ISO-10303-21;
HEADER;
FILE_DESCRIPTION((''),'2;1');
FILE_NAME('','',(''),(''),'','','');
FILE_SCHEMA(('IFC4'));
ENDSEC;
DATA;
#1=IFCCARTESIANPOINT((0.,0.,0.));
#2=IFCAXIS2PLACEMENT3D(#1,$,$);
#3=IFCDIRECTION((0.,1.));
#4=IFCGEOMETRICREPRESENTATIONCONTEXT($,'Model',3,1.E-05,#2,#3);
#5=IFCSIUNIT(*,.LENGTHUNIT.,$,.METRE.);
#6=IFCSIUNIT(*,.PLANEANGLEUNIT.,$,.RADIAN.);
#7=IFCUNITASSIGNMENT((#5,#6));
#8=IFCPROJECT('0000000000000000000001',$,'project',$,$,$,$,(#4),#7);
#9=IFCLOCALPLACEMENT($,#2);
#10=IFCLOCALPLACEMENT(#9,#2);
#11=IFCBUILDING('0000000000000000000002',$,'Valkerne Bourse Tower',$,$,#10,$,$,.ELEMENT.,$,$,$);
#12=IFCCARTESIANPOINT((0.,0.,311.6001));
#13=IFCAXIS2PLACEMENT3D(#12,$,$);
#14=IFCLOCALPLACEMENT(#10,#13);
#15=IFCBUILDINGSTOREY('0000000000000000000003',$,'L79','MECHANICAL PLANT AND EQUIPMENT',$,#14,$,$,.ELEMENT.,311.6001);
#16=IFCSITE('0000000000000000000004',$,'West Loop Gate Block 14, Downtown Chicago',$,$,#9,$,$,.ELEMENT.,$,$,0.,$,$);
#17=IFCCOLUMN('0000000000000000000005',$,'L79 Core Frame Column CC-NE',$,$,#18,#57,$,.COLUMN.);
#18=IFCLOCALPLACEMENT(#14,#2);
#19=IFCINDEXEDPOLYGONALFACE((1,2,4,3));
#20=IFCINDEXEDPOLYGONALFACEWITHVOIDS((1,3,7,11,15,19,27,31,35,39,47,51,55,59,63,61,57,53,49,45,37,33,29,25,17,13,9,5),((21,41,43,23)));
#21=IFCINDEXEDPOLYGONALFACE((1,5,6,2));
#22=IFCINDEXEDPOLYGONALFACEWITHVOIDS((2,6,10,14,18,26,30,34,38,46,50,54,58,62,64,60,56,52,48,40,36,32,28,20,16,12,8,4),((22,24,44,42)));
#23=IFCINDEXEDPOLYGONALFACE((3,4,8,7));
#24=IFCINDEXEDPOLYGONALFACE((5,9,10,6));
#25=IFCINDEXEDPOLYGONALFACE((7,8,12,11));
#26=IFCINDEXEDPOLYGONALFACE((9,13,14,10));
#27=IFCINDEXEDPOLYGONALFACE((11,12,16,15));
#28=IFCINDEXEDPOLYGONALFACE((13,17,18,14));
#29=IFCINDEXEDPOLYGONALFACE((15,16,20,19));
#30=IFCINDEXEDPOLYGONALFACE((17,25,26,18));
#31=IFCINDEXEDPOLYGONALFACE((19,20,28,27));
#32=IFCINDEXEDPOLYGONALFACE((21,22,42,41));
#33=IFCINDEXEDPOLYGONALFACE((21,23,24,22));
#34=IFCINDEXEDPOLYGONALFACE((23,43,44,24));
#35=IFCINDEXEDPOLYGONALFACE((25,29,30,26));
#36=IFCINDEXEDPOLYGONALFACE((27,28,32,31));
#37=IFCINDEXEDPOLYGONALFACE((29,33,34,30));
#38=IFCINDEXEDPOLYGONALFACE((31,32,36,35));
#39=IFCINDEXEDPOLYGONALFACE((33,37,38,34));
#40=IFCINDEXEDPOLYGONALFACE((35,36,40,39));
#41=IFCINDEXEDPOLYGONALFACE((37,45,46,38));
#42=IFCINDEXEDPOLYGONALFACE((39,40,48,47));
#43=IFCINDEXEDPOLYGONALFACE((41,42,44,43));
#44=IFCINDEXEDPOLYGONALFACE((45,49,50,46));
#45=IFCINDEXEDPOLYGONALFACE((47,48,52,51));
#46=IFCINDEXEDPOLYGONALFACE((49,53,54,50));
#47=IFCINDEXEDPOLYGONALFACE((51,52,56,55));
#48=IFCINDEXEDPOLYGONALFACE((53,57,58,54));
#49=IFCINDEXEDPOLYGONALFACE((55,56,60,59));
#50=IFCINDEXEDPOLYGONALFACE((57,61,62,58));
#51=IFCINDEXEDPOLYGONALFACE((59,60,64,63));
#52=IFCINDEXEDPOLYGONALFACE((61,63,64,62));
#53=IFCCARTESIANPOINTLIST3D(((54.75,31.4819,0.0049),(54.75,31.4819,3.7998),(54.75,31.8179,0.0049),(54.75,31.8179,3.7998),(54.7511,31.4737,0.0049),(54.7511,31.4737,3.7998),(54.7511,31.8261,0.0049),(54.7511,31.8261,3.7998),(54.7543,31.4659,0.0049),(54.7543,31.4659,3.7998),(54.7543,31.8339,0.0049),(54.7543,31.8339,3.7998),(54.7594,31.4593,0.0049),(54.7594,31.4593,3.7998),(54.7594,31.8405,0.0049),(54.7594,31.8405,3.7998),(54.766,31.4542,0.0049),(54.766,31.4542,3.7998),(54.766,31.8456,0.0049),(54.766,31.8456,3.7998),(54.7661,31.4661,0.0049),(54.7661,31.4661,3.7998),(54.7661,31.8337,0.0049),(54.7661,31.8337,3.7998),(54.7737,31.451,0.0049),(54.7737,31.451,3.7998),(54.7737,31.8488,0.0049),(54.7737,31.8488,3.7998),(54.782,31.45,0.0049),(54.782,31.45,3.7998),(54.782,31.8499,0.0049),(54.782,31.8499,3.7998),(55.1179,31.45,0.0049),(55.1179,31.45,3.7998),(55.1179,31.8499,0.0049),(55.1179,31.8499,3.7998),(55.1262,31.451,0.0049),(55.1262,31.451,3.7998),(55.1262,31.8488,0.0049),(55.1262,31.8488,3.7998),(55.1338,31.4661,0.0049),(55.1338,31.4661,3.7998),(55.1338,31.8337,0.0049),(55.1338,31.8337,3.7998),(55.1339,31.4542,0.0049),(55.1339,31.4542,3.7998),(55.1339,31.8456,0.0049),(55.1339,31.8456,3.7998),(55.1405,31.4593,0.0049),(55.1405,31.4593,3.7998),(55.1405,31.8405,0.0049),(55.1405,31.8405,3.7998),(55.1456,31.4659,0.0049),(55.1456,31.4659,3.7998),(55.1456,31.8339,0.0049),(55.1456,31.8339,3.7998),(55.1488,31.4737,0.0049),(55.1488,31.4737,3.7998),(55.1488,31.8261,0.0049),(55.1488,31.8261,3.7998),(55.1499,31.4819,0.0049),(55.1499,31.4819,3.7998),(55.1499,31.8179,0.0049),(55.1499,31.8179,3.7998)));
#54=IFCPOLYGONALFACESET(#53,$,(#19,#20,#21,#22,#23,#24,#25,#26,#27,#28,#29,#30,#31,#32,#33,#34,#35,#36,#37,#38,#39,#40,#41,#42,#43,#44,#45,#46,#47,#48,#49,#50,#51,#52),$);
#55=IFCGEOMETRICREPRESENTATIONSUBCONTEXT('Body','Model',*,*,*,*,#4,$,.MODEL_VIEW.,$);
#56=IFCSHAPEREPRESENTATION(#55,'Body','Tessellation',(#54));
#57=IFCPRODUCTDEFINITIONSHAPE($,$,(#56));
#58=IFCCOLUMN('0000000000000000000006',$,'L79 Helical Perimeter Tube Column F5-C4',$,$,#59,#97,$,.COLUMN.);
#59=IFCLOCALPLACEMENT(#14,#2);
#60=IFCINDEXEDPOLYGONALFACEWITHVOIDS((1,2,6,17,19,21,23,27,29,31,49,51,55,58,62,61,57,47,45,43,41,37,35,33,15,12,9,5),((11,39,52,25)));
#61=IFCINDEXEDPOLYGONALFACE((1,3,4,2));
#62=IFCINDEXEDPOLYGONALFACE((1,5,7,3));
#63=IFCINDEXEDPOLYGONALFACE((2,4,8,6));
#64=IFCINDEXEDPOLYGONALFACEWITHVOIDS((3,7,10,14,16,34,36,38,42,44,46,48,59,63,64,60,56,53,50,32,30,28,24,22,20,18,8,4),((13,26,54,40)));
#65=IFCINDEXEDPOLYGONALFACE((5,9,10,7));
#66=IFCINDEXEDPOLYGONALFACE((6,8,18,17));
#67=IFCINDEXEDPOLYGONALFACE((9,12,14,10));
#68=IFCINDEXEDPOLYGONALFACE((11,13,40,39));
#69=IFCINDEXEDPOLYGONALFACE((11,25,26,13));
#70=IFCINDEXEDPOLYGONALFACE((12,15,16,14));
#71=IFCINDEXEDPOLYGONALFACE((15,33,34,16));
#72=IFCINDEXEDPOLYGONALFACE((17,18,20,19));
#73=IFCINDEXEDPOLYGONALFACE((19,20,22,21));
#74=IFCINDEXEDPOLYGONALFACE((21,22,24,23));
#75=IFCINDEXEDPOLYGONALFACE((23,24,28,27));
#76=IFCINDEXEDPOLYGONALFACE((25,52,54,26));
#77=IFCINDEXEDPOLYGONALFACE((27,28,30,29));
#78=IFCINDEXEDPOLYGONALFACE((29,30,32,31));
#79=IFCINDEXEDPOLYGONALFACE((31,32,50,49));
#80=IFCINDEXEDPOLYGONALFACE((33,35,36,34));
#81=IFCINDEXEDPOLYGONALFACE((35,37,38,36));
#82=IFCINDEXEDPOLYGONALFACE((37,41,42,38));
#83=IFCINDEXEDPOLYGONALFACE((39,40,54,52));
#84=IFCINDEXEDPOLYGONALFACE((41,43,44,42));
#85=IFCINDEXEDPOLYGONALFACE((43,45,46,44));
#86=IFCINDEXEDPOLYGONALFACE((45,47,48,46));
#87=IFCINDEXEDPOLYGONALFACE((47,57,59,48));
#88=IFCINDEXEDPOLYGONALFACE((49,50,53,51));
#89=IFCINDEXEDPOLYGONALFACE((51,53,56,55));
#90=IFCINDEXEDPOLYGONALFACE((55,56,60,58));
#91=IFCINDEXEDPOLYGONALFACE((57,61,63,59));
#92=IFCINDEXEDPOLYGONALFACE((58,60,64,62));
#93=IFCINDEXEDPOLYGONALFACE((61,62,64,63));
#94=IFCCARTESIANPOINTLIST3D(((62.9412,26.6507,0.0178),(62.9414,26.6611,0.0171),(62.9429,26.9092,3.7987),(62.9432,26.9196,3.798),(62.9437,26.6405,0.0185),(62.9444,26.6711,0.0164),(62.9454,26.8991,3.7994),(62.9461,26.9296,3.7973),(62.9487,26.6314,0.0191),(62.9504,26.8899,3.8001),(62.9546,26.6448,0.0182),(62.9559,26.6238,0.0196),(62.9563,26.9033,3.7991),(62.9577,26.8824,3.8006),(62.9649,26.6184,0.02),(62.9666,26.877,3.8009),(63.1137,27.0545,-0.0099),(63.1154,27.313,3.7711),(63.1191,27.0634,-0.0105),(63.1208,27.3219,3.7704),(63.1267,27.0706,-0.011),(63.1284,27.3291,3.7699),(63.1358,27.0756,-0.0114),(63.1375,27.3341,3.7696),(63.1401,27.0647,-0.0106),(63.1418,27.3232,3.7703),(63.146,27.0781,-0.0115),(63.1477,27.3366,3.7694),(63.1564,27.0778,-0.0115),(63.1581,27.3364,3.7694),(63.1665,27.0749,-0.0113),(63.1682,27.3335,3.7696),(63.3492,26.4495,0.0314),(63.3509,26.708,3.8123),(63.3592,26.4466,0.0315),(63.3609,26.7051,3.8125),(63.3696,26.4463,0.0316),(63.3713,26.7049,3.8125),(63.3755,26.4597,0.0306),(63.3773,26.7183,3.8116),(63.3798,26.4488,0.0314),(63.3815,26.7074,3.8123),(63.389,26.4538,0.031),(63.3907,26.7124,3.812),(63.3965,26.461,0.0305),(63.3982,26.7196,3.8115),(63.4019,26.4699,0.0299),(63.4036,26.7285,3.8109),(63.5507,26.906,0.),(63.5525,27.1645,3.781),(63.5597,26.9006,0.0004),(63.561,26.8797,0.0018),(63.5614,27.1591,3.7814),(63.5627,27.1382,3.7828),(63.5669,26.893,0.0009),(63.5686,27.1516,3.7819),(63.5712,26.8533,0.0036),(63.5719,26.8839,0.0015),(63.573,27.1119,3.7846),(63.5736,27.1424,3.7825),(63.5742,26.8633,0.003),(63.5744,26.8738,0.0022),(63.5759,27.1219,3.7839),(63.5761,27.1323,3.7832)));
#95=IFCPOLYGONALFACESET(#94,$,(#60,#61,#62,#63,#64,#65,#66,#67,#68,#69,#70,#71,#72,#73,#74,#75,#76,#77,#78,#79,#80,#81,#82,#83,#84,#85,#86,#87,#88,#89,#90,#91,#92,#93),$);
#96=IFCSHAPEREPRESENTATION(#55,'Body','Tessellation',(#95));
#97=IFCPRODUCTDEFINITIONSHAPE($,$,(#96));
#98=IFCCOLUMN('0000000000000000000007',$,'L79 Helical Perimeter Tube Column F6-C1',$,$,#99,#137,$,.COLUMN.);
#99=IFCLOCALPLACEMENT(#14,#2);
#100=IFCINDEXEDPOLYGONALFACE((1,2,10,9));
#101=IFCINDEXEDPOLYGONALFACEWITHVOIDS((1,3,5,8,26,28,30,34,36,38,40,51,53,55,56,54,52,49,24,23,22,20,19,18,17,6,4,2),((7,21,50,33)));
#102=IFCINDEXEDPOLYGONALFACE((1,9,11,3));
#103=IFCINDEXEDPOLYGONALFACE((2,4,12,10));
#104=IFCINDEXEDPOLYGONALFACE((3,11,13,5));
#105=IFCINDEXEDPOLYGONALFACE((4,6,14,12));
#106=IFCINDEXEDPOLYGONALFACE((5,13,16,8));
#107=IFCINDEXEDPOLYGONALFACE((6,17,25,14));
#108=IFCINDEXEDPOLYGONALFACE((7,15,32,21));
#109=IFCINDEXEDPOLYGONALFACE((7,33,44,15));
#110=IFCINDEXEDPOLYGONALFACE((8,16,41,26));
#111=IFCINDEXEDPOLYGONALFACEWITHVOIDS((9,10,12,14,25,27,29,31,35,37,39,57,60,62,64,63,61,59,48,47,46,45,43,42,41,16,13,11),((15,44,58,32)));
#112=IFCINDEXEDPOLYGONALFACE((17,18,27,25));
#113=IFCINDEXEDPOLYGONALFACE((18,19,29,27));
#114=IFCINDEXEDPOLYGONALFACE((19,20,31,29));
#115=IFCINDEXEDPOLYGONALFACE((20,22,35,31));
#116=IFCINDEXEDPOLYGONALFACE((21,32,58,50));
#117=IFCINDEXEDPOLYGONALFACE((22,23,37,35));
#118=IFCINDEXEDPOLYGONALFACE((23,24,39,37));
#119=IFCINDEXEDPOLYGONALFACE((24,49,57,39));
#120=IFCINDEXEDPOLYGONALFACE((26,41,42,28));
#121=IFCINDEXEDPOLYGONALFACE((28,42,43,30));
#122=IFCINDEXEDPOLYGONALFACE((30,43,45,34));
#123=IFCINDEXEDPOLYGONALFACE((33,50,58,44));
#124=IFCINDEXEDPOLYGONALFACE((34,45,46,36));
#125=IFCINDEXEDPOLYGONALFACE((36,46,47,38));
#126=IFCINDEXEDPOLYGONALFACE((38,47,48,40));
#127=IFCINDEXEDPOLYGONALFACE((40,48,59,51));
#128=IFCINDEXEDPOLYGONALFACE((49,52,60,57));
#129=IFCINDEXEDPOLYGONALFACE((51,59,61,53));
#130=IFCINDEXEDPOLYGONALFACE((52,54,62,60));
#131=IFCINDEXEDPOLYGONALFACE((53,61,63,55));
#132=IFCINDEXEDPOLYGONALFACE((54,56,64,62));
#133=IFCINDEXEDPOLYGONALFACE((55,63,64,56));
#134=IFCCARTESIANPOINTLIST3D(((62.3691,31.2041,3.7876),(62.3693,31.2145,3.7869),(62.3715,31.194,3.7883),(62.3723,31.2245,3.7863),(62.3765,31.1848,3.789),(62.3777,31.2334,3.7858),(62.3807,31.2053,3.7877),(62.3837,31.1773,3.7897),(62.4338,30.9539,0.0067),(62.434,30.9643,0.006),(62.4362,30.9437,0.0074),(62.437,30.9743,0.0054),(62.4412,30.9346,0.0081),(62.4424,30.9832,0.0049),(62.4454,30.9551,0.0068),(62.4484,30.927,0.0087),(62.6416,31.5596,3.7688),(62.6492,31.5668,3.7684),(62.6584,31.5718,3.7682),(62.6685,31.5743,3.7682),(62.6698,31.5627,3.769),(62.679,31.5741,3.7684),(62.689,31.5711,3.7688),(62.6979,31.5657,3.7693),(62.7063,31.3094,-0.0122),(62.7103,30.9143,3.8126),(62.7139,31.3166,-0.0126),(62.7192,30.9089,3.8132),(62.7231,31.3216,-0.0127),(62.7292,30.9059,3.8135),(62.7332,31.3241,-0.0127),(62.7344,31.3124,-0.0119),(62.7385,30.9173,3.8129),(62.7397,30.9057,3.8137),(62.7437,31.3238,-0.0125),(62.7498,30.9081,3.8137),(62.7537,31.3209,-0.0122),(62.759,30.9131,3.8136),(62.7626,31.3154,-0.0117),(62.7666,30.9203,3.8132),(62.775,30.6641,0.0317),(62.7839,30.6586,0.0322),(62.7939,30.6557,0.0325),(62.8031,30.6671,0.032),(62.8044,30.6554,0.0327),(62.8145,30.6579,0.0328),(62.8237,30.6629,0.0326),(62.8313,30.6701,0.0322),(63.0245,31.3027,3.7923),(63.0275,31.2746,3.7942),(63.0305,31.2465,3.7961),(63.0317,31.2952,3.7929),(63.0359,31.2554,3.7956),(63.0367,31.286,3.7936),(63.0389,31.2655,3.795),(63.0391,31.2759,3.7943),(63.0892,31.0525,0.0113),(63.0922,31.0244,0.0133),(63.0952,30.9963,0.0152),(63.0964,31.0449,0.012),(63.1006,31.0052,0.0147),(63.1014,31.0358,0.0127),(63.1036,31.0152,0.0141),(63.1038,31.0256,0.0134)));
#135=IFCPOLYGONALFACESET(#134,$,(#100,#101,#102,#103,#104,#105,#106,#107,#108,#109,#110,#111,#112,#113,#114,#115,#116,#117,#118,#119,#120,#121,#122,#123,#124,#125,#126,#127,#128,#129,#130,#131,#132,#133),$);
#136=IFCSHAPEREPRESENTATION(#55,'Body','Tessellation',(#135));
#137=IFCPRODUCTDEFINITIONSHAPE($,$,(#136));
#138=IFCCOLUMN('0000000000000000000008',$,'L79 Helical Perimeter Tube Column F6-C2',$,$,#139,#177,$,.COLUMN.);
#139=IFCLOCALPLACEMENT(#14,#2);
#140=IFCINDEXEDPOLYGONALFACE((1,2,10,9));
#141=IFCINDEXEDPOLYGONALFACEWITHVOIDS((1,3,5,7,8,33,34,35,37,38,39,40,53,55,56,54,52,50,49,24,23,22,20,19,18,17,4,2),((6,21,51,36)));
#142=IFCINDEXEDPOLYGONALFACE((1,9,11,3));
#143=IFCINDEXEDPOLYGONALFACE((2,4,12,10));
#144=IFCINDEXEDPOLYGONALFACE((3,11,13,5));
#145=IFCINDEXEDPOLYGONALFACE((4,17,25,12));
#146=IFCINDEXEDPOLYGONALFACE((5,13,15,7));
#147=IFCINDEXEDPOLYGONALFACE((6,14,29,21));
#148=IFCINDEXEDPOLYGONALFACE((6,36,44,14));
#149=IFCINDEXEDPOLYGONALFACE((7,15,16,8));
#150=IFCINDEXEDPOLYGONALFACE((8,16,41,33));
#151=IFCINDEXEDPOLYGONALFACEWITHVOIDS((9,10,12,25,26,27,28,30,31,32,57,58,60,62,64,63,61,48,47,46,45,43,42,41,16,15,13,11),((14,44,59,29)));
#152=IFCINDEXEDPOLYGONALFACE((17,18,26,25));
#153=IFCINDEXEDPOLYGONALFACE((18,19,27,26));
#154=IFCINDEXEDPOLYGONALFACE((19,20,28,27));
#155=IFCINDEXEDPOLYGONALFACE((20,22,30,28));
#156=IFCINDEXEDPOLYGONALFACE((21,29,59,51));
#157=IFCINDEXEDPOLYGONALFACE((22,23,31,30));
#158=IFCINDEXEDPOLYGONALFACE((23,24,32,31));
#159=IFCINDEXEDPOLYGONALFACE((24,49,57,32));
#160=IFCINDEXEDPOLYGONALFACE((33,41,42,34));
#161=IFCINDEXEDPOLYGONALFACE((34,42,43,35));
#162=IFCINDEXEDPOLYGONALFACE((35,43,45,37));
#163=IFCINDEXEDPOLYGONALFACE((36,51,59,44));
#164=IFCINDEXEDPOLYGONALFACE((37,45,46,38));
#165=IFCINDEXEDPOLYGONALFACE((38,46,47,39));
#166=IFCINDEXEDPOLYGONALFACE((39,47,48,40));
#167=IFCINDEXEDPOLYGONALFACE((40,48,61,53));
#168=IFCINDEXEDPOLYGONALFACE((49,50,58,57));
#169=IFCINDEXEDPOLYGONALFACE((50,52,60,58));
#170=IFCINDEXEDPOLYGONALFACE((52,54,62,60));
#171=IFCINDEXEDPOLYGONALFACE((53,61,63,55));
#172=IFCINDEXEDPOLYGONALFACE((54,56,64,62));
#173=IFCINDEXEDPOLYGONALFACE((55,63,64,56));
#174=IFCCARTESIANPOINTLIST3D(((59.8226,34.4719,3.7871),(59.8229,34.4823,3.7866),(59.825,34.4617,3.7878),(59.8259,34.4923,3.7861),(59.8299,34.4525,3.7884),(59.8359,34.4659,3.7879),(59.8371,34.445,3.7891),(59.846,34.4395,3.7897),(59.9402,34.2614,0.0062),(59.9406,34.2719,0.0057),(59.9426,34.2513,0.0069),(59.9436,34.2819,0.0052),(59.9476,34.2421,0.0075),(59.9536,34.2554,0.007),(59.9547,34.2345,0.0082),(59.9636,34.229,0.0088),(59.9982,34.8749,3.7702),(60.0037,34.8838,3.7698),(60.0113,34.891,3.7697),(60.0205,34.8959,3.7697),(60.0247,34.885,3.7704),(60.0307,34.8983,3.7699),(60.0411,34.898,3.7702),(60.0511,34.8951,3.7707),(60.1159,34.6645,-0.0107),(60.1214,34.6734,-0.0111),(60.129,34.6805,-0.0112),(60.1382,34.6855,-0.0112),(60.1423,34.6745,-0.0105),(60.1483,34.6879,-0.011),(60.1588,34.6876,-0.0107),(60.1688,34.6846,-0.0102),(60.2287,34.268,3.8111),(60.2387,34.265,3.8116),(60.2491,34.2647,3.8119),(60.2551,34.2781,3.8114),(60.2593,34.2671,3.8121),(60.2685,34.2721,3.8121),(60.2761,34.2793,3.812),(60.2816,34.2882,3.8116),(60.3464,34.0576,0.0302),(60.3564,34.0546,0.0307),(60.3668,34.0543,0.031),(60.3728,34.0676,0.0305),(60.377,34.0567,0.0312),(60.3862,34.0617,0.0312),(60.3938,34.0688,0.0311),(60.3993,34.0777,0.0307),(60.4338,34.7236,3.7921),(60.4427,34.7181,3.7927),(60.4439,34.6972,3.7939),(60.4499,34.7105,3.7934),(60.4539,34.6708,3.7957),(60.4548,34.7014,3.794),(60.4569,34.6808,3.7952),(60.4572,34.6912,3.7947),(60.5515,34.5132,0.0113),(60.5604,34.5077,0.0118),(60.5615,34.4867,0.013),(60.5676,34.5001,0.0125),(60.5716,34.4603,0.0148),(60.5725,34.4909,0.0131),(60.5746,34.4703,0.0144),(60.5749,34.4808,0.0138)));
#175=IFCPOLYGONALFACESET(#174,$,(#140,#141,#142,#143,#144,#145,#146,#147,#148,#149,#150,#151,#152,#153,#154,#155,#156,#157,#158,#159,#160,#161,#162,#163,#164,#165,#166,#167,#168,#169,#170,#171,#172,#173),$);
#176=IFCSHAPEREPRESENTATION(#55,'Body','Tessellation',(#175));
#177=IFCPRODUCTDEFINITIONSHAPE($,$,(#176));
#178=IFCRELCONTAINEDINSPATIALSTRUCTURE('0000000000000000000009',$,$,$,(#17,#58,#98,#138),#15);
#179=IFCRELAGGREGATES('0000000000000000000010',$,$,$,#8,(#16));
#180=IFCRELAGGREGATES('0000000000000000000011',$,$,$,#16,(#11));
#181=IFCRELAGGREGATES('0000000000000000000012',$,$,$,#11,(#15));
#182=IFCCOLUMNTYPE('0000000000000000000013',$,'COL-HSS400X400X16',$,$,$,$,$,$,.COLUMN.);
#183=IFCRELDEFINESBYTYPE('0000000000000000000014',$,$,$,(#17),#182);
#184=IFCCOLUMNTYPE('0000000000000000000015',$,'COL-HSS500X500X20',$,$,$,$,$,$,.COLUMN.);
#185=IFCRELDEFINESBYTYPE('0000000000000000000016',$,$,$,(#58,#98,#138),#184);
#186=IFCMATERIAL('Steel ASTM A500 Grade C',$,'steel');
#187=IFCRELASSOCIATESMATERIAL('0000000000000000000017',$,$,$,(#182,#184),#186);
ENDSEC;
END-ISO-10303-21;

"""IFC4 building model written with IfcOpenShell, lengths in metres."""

from ifc_helpers import new_model, si_unit, direction, frame, origin, origin_2d, place, context, subcontext, project, spatial, hollow_rectangle, extrude, material, material_profile, profile_set, type_object, element, save


model = new_model("IFC4")

# Units and contexts
model_context = context("Model", 3, precision=1e-05, world=origin(), true_north=direction((0.0, 1.0)))
body_context = subcontext(model_context, "Body", "Model", "MODEL_VIEW")
ifc_project = project(units=[si_unit("LENGTHUNIT", "METRE"), si_unit("PLANEANGLEUNIT", "RADIAN")], contexts=[model_context])

# Site, building, storey
site_placement = place(None, origin())
site = spatial("IfcSite", under=ifc_project, at=site_placement, Name="West Loop Gate Block 14, Downtown Chicago", CompositionType="ELEMENT", RefElevation=0.0)
building_placement = place(site_placement, origin())
building = spatial("IfcBuilding", under=site, at=building_placement, Name="Valkerne Bourse Tower", CompositionType="ELEMENT")
storey_placement = place(building_placement, frame((0.0, 0.0, 311.6001)))
storey = spatial("IfcBuildingStorey", under=building, at=storey_placement, Name="L79", Description="MECHANICAL PLANT AND EQUIPMENT", CompositionType="ELEMENT", Elevation=311.6001)

# Columns
ifc_material_1 = material(Name="Steel ASTM A500 Grade C", Category="steel")
ifc_material_profile_1 = material_profile(ifc_material_1, hollow_rectangle(XDim=0.3999, YDim=0.3999, WallThickness=0.0161, OuterFilletRadius=0.032, at=origin_2d()), Name="HSS400X400X16")
ifc_profile_set_1 = profile_set([ifc_material_profile_1], Name="Steel ASTM A500 Grade C")
column_type_1 = type_object("IfcColumnType", Name="COL-HSS400X400X16", PredefinedType="COLUMN", material=ifc_profile_set_1)
column_1_placement = place(storey_placement, frame((54.95, 31.6499, 0.0049), z_axis=(0.0, 0.0, 1.0), x_axis=(1.0, 0.0, 0.0)))
element("IfcColumn", 1, at=column_1_placement, inside=storey, type_object=column_type_1, Name="L79 Core Frame Column CC-NE", PredefinedType="COLUMN", context=body_context, shape_type="SweptSolid", body=[
    extrude(hollow_rectangle(XDim=0.3999, YDim=0.3999, WallThickness=0.0161, OuterFilletRadius=0.032, at=origin_2d()), origin(), (0.0, 0.0, 1.0), 3.7949),
])
ifc_material_profile_2 = material_profile(ifc_material_1, hollow_rectangle(XDim=0.5, YDim=0.5, WallThickness=0.02, OuterFilletRadius=0.04, at=origin_2d()), Name="HSS500X500X20")
ifc_profile_set_2 = profile_set([ifc_material_profile_2], Name="Steel ASTM A500 Grade C")
column_type_2 = type_object("IfcColumnType", Name="COL-HSS500X500X20", PredefinedType="COLUMN", material=ifc_profile_set_2)
for number, where, z_axis, x_axis, name in (
    (2, (63.2578, 26.7622, 0.01), (0.000451, 0.068221, 0.99767), (-0.403191, -0.912971, 0.062611), "L79 Helical Perimeter Tube Column F5-C4"),
    (3, (62.7688, 30.9897, 0.01), (-0.017071, 0.06603, 0.997672), (0.777728, -0.626212, 0.054753), "L79 Helical Perimeter Tube Column F6-C1"),
):
    element("IfcColumn", number, at=place(storey_placement, frame(where, z_axis=z_axis, x_axis=x_axis)), inside=storey, type_object=column_type_2, Name=name, PredefinedType="COLUMN", context=body_context, shape_type="SweptSolid", body=[
        extrude(hollow_rectangle(XDim=0.5, YDim=0.5, WallThickness=0.02, OuterFilletRadius=0.04, at=origin_2d()), origin(), (0.0, 0.0, 1.0), 3.7898),
    ])
for number, where, z_axis, x_axis, name in (
    (4, (60.2576, 34.3711, 0.01), (-0.03106, 0.055547, 0.997973), (0.911414, -0.408305, 0.051092), "L79 Helical Perimeter Tube Column F6-C2"),
):
    element("IfcColumn", number, at=place(storey_placement, frame(where, z_axis=z_axis, x_axis=x_axis)), inside=storey, type_object=column_type_2, Name=name, PredefinedType="COLUMN", context=body_context, shape_type="SweptSolid", body=[
        extrude(hollow_rectangle(XDim=0.5, YDim=0.5, WallThickness=0.02, OuterFilletRadius=0.04, at=origin_2d()), origin(), (0.0, 0.0, 1.0), 3.7886),
    ])

save(model, "model.ifc")
